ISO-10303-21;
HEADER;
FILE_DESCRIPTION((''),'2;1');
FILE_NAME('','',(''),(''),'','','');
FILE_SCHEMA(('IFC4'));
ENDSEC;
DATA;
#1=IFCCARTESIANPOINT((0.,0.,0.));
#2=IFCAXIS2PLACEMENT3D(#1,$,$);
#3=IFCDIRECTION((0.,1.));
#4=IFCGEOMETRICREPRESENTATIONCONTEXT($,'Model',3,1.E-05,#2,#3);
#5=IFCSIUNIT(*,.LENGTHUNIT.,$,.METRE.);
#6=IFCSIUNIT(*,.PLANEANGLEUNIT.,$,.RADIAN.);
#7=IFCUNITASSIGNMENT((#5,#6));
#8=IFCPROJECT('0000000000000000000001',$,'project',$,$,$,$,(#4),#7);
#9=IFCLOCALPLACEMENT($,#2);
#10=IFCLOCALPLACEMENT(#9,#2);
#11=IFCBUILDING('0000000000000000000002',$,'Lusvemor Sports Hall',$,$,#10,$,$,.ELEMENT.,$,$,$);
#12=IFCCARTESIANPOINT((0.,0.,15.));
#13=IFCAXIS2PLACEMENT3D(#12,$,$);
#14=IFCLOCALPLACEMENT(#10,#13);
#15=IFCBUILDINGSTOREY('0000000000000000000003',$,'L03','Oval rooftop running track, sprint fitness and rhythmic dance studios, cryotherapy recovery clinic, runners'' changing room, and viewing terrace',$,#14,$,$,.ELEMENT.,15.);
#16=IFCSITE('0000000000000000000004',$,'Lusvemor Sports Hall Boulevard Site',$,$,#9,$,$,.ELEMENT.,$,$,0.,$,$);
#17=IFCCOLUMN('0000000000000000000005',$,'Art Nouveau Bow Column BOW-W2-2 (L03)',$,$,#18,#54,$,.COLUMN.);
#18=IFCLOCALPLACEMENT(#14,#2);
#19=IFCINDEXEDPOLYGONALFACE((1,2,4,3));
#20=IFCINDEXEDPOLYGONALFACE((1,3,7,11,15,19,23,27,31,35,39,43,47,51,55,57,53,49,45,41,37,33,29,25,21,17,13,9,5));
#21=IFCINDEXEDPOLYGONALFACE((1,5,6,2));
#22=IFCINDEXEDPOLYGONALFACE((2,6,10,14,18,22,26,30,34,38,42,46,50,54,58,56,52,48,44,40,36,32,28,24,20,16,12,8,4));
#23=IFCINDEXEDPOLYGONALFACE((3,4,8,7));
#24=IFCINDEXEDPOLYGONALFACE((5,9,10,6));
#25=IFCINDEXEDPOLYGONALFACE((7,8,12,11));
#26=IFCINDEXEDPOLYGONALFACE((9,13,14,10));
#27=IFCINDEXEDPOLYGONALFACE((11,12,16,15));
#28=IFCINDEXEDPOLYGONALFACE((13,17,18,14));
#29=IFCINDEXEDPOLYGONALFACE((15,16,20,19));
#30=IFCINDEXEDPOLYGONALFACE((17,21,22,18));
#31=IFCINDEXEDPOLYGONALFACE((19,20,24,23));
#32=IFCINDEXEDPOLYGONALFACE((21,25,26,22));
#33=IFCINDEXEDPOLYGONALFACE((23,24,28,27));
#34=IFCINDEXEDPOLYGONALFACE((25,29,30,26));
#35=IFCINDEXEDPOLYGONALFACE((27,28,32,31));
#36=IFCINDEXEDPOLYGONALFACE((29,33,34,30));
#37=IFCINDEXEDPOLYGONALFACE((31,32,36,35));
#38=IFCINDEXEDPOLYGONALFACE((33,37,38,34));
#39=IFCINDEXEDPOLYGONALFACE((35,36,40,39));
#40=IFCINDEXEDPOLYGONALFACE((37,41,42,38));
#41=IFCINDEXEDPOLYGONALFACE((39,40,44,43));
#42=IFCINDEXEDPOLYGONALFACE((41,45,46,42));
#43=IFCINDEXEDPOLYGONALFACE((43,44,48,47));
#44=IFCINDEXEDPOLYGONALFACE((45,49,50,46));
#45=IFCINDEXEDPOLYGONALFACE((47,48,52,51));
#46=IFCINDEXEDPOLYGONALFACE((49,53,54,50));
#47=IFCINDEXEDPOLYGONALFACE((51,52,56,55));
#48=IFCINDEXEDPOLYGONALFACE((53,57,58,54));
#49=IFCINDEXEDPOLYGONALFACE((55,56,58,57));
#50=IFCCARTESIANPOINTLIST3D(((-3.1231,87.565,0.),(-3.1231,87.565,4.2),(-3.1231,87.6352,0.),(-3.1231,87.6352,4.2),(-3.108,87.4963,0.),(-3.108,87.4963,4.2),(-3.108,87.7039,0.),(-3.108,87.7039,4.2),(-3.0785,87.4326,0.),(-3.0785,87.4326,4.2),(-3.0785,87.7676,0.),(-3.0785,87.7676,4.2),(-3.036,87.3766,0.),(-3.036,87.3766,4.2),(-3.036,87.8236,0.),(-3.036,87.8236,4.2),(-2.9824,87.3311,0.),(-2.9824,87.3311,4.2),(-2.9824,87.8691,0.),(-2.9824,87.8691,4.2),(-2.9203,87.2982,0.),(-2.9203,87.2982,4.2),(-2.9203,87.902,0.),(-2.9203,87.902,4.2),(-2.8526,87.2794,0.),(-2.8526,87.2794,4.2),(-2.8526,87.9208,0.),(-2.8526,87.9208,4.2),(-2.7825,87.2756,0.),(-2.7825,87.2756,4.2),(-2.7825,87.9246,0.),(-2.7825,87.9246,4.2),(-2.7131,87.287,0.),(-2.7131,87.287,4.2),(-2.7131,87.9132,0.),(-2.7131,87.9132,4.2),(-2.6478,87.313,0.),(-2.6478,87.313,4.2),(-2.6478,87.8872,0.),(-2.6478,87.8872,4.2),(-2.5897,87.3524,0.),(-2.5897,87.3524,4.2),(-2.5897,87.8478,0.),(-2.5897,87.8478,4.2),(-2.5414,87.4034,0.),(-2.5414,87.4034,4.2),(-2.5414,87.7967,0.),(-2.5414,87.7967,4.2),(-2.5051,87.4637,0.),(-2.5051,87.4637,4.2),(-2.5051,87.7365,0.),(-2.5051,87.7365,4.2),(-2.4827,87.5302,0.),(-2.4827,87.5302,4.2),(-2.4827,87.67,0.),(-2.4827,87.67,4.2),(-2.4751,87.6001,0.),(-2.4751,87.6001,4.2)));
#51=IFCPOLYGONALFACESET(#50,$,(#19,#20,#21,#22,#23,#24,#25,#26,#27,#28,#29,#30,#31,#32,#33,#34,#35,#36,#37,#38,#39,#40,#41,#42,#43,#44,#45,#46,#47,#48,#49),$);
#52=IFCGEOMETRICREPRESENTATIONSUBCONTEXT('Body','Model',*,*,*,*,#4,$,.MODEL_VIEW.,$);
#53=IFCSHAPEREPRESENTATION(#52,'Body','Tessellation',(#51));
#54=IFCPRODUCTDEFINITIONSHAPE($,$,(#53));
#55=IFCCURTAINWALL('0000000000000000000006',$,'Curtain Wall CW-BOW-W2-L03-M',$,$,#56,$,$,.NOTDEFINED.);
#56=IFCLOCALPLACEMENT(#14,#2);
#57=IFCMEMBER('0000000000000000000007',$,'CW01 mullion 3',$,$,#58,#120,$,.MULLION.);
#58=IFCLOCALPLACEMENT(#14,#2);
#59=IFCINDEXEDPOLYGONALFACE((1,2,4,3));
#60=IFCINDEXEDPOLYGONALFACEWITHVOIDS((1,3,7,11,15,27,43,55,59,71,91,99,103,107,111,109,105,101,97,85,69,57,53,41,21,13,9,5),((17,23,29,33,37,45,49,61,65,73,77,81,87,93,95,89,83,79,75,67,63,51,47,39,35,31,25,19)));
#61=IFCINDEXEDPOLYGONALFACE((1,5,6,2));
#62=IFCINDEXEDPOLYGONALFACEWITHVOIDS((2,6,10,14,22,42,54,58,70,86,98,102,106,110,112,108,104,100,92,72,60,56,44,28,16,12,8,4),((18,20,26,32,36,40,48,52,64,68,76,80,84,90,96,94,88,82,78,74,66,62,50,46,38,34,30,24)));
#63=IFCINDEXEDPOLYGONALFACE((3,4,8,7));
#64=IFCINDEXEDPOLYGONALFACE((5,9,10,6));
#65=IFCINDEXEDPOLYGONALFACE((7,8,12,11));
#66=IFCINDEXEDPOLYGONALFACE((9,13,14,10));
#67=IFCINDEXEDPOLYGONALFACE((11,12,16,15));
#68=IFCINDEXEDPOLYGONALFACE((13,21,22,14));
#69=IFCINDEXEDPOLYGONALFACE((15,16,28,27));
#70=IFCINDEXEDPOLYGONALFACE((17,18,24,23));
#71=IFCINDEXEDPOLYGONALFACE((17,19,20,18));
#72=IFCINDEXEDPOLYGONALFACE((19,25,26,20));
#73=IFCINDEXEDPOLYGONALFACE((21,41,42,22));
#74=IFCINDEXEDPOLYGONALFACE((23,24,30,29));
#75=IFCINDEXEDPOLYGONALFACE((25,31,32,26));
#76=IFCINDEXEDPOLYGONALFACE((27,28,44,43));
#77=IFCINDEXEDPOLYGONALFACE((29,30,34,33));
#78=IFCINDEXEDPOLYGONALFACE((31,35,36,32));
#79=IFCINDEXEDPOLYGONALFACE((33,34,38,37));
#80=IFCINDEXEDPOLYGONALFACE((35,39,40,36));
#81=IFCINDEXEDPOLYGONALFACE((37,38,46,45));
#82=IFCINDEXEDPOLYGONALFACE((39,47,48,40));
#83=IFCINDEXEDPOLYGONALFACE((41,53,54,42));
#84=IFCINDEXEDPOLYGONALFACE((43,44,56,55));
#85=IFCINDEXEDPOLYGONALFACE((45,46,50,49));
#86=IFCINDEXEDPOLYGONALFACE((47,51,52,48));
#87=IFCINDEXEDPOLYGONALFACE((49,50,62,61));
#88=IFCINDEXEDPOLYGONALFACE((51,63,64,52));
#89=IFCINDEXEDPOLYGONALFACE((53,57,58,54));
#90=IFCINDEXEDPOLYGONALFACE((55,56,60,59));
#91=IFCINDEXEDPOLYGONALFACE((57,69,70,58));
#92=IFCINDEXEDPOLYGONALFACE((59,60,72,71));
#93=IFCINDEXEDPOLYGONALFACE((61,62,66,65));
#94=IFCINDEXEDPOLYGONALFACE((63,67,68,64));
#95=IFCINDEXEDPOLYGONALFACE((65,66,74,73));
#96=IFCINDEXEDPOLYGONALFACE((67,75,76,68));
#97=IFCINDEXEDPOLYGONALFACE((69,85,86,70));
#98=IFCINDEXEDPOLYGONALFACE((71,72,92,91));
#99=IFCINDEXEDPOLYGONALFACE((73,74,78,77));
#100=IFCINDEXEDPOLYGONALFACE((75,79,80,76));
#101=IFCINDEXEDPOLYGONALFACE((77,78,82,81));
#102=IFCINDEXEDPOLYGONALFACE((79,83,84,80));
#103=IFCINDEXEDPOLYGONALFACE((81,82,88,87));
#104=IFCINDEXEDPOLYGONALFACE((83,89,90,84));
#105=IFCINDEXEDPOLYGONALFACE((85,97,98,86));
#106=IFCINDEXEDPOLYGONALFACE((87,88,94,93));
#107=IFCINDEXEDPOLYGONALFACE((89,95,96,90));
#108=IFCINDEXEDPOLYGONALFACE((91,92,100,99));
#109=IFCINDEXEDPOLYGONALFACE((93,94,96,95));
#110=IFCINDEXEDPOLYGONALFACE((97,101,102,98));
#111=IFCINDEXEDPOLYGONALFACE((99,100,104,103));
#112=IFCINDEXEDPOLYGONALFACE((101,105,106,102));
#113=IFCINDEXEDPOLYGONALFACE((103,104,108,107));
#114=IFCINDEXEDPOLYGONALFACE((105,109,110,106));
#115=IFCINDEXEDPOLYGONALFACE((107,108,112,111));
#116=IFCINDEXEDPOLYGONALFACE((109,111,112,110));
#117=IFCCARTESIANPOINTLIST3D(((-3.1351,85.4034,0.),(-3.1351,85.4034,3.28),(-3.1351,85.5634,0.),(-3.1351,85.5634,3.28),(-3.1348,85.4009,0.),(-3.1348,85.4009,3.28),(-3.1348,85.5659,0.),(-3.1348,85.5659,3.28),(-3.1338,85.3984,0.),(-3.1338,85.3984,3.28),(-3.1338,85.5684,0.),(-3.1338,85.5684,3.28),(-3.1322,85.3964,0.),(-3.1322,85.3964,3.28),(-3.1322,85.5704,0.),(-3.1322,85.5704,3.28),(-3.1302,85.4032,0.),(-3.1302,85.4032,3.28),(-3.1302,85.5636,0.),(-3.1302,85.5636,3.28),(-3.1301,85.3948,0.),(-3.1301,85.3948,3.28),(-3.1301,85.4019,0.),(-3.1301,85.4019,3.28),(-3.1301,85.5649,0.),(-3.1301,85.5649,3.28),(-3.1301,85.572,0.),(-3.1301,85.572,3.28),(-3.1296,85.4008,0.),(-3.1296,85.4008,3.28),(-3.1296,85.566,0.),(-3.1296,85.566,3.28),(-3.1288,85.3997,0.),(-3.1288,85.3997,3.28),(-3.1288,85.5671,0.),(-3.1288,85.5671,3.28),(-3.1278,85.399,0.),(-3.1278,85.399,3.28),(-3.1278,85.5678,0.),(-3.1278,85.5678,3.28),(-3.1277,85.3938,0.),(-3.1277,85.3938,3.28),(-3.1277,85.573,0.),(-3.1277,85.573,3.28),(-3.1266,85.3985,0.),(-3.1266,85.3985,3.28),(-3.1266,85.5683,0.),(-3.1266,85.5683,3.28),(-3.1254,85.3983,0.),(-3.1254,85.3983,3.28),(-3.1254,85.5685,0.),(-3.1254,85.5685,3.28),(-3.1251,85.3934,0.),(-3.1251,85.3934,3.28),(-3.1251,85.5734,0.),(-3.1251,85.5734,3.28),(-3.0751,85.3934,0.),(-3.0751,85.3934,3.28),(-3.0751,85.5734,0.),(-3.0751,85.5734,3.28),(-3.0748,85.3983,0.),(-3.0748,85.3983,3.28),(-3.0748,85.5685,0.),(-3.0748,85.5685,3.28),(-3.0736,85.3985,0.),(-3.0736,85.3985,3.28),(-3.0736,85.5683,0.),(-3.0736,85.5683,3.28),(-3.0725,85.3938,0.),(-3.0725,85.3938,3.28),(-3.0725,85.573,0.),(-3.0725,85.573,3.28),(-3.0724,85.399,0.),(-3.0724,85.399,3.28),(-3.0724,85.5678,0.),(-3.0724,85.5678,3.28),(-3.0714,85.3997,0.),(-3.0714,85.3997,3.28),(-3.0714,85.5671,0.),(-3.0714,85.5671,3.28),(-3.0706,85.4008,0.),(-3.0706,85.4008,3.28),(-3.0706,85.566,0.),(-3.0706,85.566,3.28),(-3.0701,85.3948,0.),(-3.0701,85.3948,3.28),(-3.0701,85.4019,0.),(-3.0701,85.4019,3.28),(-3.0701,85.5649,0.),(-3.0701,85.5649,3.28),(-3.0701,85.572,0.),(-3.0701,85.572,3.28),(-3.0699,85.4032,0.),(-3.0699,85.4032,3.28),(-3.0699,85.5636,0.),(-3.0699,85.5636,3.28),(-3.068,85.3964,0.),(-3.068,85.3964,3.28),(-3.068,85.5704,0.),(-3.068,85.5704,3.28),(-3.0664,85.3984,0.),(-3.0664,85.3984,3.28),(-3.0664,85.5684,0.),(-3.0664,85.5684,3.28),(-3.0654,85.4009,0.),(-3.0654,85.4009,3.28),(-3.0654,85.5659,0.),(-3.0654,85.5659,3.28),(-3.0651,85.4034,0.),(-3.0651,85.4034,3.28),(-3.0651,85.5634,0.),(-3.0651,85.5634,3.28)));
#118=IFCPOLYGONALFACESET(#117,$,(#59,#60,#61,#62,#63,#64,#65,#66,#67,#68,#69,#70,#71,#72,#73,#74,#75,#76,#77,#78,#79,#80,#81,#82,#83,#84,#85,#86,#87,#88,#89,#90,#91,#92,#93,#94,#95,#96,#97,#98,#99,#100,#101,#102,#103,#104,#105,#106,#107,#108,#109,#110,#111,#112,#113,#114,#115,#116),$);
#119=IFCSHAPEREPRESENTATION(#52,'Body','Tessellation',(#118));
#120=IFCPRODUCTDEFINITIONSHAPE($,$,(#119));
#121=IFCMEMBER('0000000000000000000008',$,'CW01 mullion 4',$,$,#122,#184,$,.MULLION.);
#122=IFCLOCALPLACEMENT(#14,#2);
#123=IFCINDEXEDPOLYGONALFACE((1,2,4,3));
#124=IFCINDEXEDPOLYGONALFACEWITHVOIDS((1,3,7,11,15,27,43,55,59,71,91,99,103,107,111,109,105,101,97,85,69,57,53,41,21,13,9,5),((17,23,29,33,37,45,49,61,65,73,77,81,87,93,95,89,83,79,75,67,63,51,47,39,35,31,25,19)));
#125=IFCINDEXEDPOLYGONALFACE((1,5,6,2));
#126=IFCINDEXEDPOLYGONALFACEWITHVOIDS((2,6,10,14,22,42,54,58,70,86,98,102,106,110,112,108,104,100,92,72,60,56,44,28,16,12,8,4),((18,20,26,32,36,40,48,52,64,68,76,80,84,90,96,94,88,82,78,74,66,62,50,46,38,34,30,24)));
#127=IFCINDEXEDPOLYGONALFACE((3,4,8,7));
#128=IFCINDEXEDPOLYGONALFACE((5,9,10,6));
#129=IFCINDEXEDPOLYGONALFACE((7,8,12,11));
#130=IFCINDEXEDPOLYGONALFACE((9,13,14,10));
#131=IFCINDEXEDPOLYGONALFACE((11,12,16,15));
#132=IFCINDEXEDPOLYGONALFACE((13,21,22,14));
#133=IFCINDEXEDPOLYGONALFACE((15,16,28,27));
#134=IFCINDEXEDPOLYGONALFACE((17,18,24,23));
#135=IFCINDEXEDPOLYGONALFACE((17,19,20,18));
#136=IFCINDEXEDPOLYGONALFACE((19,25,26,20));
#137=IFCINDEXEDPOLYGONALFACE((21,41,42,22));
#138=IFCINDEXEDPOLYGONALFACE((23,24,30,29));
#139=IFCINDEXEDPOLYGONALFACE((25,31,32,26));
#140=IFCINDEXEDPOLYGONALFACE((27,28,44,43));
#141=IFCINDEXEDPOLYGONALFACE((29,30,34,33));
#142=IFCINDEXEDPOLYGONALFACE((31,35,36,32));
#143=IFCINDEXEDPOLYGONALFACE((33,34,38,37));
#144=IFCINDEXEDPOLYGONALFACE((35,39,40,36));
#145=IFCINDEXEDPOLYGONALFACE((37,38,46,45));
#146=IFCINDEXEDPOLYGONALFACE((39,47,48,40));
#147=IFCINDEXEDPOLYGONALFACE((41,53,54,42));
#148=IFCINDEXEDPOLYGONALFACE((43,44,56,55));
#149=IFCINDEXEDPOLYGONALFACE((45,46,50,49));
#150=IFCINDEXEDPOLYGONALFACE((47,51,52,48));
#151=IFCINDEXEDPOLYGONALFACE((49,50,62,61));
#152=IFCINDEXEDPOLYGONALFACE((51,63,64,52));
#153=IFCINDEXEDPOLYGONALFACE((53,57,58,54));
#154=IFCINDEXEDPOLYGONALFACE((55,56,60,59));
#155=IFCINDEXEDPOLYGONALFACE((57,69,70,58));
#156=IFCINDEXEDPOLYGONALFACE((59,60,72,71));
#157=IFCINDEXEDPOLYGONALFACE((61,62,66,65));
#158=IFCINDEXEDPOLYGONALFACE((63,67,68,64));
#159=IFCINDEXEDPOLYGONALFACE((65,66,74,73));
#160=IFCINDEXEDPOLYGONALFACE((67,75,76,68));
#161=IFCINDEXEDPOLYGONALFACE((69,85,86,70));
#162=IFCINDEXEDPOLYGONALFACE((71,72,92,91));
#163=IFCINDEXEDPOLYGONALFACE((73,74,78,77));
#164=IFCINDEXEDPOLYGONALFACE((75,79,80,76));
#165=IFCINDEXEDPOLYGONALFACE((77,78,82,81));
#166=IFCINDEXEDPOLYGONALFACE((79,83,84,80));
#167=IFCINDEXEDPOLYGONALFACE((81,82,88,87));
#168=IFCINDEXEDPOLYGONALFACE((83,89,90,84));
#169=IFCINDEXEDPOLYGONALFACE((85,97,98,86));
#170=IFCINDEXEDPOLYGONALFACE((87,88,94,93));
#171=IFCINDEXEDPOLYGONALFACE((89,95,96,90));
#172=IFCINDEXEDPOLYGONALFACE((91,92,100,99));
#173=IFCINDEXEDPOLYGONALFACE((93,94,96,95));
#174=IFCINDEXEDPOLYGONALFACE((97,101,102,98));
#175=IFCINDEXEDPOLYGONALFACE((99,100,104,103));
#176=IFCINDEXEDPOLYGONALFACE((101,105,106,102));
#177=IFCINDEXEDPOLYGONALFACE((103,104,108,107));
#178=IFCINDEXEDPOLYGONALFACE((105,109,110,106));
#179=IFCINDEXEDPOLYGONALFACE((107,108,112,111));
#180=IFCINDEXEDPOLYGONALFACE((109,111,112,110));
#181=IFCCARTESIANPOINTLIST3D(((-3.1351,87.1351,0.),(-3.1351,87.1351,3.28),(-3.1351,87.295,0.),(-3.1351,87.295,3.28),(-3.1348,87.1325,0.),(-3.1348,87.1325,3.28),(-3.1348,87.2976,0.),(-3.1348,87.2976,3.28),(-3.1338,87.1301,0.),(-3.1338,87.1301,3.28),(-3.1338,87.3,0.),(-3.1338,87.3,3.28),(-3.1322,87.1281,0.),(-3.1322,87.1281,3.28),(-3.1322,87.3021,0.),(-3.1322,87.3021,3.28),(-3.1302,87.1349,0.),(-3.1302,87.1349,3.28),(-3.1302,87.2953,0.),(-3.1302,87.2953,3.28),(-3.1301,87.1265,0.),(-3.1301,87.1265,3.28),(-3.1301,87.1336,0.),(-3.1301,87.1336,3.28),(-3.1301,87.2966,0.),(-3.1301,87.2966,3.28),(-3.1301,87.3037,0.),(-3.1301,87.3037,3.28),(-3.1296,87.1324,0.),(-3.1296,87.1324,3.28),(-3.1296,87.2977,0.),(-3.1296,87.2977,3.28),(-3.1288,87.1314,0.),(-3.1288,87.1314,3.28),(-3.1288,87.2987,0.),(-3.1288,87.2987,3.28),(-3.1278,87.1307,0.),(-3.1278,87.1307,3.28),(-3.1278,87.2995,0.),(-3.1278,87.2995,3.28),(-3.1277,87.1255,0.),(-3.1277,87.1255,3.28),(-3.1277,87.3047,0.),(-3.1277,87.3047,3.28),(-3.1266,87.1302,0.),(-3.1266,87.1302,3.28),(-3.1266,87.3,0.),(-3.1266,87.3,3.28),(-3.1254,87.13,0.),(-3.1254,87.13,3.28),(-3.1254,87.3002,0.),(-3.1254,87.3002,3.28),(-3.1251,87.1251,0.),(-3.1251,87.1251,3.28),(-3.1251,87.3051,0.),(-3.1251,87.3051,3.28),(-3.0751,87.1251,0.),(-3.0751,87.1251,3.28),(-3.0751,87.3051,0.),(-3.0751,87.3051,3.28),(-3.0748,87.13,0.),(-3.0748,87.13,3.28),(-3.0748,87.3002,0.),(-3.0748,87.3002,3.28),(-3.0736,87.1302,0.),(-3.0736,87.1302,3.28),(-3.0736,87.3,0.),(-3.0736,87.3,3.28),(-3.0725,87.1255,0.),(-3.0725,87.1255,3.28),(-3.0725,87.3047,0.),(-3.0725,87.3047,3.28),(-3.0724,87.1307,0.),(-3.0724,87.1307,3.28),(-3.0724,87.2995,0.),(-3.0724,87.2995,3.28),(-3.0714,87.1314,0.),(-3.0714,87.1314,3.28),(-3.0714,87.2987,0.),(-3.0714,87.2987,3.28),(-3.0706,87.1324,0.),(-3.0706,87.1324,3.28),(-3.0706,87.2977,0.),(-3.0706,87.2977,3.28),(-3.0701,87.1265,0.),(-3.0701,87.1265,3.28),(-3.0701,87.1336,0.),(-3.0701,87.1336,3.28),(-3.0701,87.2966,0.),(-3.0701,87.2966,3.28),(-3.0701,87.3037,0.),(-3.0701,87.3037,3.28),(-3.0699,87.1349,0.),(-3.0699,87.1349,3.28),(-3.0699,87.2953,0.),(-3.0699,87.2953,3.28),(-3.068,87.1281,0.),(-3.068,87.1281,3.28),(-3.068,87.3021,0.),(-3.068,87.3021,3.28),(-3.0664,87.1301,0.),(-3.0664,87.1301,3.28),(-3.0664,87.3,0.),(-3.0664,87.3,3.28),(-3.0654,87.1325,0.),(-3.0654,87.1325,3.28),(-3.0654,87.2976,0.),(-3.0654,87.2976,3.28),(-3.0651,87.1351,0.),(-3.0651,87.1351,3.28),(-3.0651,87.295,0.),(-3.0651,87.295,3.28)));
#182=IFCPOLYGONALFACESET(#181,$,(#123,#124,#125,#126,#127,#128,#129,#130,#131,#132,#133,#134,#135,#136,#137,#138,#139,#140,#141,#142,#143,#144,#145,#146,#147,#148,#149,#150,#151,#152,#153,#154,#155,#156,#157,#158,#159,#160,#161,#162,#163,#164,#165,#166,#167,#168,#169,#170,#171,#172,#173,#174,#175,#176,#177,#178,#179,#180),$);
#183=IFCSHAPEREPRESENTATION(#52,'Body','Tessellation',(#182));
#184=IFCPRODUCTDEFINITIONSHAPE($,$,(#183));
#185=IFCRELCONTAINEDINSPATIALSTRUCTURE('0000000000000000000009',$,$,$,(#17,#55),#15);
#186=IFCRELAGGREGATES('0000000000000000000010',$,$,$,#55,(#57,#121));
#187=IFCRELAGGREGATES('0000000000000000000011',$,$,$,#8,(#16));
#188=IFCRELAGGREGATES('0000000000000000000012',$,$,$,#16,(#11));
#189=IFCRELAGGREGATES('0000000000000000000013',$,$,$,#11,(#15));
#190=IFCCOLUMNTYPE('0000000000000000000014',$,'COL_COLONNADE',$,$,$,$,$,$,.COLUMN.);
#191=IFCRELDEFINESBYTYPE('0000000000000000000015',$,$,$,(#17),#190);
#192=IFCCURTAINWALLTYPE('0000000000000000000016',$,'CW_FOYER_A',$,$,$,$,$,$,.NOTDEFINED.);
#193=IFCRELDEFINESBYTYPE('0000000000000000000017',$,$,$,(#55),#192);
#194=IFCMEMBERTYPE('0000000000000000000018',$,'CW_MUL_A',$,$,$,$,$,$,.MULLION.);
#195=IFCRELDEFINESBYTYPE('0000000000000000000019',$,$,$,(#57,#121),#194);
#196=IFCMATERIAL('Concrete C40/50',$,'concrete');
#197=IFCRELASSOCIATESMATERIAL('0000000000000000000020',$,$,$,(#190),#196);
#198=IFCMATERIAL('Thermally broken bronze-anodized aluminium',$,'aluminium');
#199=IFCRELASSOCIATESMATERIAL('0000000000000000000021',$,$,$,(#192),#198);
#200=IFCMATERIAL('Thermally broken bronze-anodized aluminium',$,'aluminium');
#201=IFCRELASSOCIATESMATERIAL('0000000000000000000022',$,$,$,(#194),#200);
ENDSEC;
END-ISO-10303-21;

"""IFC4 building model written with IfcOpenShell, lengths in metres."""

from ifc_helpers import new_model, si_unit, direction, frame, origin, origin_2d, place, context, subcontext, project, spatial, hollow_rectangle, circle, extrude, material, material_profile, profile_set, type_object, element, aggregate, save


model = new_model("IFC4")

# Units and contexts
model_context = context("Model", 3, precision=1e-05, world=origin(), true_north=direction((0.0, 1.0)))
body_context = subcontext(model_context, "Body", "Model", "MODEL_VIEW")
ifc_project = project(units=[si_unit("LENGTHUNIT", "METRE"), si_unit("PLANEANGLEUNIT", "RADIAN")], contexts=[model_context])

# Site, building, storey
site_placement = place(None, origin())
site = spatial("IfcSite", under=ifc_project, at=site_placement, Name="Lusvemor Sports Hall Boulevard Site", CompositionType="ELEMENT", RefElevation=0.0)
building_placement = place(site_placement, origin())
building = spatial("IfcBuilding", under=site, at=building_placement, Name="Lusvemor Sports Hall", CompositionType="ELEMENT")
storey_placement = place(building_placement, frame((0.0, 0.0, 15.0)))
storey = spatial("IfcBuildingStorey", under=building, at=storey_placement, Name="L03", Description="Oval rooftop running track, sprint fitness and rhythmic dance studios, cryotherapy recovery clinic, runners' changing room, and viewing terrace", CompositionType="ELEMENT", Elevation=15.0)

# Column
ifc_material_1 = material(Name="Concrete C40/50", Category="concrete")
ifc_material_profile_1 = material_profile(ifc_material_1, circle(Radius=0.325, at=origin_2d()), Name="RCCIRC650")
ifc_profile_set_1 = profile_set([ifc_material_profile_1], Name="Concrete C40/50")
column_type = type_object("IfcColumnType", Name="COL_COLONNADE", PredefinedType="COLUMN", material=ifc_profile_set_1)
column_placement = place(storey_placement, frame((-2.8, 87.6001, 0.0), z_axis=(0.0, 0.0, 1.0), x_axis=(1.0, 0.0, 0.0)))
element("IfcColumn", 1, at=column_placement, inside=storey, type_object=column_type, Name="Art Nouveau Bow Column BOW-W2-2 (L03)", PredefinedType="COLUMN", context=body_context, shape_type="SweptSolid", body=[
    extrude(circle(Radius=0.325, at=origin_2d()), origin(), (0.0, 0.0, 1.0), 4.2),
])

# Curtain wall, members
ifc_material_2 = material(Name="Thermally broken bronze-anodized aluminium", Category="aluminium")
curtain_wall_type_1 = type_object("IfcCurtainWallType", Name="CW_FOYER_A", PredefinedType="NOTDEFINED", material=ifc_material_2)
curtain_wall_1_placement = place(storey_placement, origin())
curtain_wall_1 = element("IfcCurtainWall", 2, at=curtain_wall_1_placement, inside=storey, type_object=curtain_wall_type_1, Name="Curtain Wall CW-BOW-W2-L03-M", PredefinedType="NOTDEFINED")
ifc_material_3 = material(Name="Thermally broken bronze-anodized aluminium", Category="aluminium")
ifc_material_profile_2 = material_profile(ifc_material_3, hollow_rectangle(XDim=0.0701, YDim=0.1799, WallThickness=0.0049, InnerFilletRadius=0.0049, OuterFilletRadius=0.01, at=origin_2d()), Name="CWMUL180x70x5")
ifc_profile_set_2 = profile_set([ifc_material_profile_2], Name="Thermally broken bronze-anodized aluminium")
member_type_1 = type_object("IfcMemberType", Name="CW_MUL_A", PredefinedType="MULLION", material=ifc_profile_set_2)
member_1_placement = place(storey_placement, frame((-3.1001, 85.4834, 0.0), z_axis=(0.0, 0.0, 1.0), x_axis=(-1.0, 0.0, 0.0)))
member_1 = element("IfcMember", 3, at=member_1_placement, type_object=member_type_1, Name="CW01 mullion 3", PredefinedType="MULLION", context=body_context, shape_type="SweptSolid", body=[
    extrude(hollow_rectangle(XDim=0.0701, YDim=0.1799, WallThickness=0.0049, InnerFilletRadius=0.0049, OuterFilletRadius=0.01, at=origin_2d()), origin(), (0.0, 0.0, 1.0), 3.28),
])
member_2_placement = place(storey_placement, frame((-3.1001, 87.2151, 0.0), z_axis=(0.0, 0.0, 1.0), x_axis=(-1.0, 0.0, 0.0)))
member_2 = element("IfcMember", 4, at=member_2_placement, type_object=member_type_1, Name="CW01 mullion 4", PredefinedType="MULLION", context=body_context, shape_type="SweptSolid", body=[
    extrude(hollow_rectangle(XDim=0.0701, YDim=0.1799, WallThickness=0.0049, InnerFilletRadius=0.0049, OuterFilletRadius=0.01, at=origin_2d()), origin(), (0.0, 0.0, 1.0), 3.28),
])

aggregate(curtain_wall_1, [member_1, member_2])

save(model, "model.ifc")
